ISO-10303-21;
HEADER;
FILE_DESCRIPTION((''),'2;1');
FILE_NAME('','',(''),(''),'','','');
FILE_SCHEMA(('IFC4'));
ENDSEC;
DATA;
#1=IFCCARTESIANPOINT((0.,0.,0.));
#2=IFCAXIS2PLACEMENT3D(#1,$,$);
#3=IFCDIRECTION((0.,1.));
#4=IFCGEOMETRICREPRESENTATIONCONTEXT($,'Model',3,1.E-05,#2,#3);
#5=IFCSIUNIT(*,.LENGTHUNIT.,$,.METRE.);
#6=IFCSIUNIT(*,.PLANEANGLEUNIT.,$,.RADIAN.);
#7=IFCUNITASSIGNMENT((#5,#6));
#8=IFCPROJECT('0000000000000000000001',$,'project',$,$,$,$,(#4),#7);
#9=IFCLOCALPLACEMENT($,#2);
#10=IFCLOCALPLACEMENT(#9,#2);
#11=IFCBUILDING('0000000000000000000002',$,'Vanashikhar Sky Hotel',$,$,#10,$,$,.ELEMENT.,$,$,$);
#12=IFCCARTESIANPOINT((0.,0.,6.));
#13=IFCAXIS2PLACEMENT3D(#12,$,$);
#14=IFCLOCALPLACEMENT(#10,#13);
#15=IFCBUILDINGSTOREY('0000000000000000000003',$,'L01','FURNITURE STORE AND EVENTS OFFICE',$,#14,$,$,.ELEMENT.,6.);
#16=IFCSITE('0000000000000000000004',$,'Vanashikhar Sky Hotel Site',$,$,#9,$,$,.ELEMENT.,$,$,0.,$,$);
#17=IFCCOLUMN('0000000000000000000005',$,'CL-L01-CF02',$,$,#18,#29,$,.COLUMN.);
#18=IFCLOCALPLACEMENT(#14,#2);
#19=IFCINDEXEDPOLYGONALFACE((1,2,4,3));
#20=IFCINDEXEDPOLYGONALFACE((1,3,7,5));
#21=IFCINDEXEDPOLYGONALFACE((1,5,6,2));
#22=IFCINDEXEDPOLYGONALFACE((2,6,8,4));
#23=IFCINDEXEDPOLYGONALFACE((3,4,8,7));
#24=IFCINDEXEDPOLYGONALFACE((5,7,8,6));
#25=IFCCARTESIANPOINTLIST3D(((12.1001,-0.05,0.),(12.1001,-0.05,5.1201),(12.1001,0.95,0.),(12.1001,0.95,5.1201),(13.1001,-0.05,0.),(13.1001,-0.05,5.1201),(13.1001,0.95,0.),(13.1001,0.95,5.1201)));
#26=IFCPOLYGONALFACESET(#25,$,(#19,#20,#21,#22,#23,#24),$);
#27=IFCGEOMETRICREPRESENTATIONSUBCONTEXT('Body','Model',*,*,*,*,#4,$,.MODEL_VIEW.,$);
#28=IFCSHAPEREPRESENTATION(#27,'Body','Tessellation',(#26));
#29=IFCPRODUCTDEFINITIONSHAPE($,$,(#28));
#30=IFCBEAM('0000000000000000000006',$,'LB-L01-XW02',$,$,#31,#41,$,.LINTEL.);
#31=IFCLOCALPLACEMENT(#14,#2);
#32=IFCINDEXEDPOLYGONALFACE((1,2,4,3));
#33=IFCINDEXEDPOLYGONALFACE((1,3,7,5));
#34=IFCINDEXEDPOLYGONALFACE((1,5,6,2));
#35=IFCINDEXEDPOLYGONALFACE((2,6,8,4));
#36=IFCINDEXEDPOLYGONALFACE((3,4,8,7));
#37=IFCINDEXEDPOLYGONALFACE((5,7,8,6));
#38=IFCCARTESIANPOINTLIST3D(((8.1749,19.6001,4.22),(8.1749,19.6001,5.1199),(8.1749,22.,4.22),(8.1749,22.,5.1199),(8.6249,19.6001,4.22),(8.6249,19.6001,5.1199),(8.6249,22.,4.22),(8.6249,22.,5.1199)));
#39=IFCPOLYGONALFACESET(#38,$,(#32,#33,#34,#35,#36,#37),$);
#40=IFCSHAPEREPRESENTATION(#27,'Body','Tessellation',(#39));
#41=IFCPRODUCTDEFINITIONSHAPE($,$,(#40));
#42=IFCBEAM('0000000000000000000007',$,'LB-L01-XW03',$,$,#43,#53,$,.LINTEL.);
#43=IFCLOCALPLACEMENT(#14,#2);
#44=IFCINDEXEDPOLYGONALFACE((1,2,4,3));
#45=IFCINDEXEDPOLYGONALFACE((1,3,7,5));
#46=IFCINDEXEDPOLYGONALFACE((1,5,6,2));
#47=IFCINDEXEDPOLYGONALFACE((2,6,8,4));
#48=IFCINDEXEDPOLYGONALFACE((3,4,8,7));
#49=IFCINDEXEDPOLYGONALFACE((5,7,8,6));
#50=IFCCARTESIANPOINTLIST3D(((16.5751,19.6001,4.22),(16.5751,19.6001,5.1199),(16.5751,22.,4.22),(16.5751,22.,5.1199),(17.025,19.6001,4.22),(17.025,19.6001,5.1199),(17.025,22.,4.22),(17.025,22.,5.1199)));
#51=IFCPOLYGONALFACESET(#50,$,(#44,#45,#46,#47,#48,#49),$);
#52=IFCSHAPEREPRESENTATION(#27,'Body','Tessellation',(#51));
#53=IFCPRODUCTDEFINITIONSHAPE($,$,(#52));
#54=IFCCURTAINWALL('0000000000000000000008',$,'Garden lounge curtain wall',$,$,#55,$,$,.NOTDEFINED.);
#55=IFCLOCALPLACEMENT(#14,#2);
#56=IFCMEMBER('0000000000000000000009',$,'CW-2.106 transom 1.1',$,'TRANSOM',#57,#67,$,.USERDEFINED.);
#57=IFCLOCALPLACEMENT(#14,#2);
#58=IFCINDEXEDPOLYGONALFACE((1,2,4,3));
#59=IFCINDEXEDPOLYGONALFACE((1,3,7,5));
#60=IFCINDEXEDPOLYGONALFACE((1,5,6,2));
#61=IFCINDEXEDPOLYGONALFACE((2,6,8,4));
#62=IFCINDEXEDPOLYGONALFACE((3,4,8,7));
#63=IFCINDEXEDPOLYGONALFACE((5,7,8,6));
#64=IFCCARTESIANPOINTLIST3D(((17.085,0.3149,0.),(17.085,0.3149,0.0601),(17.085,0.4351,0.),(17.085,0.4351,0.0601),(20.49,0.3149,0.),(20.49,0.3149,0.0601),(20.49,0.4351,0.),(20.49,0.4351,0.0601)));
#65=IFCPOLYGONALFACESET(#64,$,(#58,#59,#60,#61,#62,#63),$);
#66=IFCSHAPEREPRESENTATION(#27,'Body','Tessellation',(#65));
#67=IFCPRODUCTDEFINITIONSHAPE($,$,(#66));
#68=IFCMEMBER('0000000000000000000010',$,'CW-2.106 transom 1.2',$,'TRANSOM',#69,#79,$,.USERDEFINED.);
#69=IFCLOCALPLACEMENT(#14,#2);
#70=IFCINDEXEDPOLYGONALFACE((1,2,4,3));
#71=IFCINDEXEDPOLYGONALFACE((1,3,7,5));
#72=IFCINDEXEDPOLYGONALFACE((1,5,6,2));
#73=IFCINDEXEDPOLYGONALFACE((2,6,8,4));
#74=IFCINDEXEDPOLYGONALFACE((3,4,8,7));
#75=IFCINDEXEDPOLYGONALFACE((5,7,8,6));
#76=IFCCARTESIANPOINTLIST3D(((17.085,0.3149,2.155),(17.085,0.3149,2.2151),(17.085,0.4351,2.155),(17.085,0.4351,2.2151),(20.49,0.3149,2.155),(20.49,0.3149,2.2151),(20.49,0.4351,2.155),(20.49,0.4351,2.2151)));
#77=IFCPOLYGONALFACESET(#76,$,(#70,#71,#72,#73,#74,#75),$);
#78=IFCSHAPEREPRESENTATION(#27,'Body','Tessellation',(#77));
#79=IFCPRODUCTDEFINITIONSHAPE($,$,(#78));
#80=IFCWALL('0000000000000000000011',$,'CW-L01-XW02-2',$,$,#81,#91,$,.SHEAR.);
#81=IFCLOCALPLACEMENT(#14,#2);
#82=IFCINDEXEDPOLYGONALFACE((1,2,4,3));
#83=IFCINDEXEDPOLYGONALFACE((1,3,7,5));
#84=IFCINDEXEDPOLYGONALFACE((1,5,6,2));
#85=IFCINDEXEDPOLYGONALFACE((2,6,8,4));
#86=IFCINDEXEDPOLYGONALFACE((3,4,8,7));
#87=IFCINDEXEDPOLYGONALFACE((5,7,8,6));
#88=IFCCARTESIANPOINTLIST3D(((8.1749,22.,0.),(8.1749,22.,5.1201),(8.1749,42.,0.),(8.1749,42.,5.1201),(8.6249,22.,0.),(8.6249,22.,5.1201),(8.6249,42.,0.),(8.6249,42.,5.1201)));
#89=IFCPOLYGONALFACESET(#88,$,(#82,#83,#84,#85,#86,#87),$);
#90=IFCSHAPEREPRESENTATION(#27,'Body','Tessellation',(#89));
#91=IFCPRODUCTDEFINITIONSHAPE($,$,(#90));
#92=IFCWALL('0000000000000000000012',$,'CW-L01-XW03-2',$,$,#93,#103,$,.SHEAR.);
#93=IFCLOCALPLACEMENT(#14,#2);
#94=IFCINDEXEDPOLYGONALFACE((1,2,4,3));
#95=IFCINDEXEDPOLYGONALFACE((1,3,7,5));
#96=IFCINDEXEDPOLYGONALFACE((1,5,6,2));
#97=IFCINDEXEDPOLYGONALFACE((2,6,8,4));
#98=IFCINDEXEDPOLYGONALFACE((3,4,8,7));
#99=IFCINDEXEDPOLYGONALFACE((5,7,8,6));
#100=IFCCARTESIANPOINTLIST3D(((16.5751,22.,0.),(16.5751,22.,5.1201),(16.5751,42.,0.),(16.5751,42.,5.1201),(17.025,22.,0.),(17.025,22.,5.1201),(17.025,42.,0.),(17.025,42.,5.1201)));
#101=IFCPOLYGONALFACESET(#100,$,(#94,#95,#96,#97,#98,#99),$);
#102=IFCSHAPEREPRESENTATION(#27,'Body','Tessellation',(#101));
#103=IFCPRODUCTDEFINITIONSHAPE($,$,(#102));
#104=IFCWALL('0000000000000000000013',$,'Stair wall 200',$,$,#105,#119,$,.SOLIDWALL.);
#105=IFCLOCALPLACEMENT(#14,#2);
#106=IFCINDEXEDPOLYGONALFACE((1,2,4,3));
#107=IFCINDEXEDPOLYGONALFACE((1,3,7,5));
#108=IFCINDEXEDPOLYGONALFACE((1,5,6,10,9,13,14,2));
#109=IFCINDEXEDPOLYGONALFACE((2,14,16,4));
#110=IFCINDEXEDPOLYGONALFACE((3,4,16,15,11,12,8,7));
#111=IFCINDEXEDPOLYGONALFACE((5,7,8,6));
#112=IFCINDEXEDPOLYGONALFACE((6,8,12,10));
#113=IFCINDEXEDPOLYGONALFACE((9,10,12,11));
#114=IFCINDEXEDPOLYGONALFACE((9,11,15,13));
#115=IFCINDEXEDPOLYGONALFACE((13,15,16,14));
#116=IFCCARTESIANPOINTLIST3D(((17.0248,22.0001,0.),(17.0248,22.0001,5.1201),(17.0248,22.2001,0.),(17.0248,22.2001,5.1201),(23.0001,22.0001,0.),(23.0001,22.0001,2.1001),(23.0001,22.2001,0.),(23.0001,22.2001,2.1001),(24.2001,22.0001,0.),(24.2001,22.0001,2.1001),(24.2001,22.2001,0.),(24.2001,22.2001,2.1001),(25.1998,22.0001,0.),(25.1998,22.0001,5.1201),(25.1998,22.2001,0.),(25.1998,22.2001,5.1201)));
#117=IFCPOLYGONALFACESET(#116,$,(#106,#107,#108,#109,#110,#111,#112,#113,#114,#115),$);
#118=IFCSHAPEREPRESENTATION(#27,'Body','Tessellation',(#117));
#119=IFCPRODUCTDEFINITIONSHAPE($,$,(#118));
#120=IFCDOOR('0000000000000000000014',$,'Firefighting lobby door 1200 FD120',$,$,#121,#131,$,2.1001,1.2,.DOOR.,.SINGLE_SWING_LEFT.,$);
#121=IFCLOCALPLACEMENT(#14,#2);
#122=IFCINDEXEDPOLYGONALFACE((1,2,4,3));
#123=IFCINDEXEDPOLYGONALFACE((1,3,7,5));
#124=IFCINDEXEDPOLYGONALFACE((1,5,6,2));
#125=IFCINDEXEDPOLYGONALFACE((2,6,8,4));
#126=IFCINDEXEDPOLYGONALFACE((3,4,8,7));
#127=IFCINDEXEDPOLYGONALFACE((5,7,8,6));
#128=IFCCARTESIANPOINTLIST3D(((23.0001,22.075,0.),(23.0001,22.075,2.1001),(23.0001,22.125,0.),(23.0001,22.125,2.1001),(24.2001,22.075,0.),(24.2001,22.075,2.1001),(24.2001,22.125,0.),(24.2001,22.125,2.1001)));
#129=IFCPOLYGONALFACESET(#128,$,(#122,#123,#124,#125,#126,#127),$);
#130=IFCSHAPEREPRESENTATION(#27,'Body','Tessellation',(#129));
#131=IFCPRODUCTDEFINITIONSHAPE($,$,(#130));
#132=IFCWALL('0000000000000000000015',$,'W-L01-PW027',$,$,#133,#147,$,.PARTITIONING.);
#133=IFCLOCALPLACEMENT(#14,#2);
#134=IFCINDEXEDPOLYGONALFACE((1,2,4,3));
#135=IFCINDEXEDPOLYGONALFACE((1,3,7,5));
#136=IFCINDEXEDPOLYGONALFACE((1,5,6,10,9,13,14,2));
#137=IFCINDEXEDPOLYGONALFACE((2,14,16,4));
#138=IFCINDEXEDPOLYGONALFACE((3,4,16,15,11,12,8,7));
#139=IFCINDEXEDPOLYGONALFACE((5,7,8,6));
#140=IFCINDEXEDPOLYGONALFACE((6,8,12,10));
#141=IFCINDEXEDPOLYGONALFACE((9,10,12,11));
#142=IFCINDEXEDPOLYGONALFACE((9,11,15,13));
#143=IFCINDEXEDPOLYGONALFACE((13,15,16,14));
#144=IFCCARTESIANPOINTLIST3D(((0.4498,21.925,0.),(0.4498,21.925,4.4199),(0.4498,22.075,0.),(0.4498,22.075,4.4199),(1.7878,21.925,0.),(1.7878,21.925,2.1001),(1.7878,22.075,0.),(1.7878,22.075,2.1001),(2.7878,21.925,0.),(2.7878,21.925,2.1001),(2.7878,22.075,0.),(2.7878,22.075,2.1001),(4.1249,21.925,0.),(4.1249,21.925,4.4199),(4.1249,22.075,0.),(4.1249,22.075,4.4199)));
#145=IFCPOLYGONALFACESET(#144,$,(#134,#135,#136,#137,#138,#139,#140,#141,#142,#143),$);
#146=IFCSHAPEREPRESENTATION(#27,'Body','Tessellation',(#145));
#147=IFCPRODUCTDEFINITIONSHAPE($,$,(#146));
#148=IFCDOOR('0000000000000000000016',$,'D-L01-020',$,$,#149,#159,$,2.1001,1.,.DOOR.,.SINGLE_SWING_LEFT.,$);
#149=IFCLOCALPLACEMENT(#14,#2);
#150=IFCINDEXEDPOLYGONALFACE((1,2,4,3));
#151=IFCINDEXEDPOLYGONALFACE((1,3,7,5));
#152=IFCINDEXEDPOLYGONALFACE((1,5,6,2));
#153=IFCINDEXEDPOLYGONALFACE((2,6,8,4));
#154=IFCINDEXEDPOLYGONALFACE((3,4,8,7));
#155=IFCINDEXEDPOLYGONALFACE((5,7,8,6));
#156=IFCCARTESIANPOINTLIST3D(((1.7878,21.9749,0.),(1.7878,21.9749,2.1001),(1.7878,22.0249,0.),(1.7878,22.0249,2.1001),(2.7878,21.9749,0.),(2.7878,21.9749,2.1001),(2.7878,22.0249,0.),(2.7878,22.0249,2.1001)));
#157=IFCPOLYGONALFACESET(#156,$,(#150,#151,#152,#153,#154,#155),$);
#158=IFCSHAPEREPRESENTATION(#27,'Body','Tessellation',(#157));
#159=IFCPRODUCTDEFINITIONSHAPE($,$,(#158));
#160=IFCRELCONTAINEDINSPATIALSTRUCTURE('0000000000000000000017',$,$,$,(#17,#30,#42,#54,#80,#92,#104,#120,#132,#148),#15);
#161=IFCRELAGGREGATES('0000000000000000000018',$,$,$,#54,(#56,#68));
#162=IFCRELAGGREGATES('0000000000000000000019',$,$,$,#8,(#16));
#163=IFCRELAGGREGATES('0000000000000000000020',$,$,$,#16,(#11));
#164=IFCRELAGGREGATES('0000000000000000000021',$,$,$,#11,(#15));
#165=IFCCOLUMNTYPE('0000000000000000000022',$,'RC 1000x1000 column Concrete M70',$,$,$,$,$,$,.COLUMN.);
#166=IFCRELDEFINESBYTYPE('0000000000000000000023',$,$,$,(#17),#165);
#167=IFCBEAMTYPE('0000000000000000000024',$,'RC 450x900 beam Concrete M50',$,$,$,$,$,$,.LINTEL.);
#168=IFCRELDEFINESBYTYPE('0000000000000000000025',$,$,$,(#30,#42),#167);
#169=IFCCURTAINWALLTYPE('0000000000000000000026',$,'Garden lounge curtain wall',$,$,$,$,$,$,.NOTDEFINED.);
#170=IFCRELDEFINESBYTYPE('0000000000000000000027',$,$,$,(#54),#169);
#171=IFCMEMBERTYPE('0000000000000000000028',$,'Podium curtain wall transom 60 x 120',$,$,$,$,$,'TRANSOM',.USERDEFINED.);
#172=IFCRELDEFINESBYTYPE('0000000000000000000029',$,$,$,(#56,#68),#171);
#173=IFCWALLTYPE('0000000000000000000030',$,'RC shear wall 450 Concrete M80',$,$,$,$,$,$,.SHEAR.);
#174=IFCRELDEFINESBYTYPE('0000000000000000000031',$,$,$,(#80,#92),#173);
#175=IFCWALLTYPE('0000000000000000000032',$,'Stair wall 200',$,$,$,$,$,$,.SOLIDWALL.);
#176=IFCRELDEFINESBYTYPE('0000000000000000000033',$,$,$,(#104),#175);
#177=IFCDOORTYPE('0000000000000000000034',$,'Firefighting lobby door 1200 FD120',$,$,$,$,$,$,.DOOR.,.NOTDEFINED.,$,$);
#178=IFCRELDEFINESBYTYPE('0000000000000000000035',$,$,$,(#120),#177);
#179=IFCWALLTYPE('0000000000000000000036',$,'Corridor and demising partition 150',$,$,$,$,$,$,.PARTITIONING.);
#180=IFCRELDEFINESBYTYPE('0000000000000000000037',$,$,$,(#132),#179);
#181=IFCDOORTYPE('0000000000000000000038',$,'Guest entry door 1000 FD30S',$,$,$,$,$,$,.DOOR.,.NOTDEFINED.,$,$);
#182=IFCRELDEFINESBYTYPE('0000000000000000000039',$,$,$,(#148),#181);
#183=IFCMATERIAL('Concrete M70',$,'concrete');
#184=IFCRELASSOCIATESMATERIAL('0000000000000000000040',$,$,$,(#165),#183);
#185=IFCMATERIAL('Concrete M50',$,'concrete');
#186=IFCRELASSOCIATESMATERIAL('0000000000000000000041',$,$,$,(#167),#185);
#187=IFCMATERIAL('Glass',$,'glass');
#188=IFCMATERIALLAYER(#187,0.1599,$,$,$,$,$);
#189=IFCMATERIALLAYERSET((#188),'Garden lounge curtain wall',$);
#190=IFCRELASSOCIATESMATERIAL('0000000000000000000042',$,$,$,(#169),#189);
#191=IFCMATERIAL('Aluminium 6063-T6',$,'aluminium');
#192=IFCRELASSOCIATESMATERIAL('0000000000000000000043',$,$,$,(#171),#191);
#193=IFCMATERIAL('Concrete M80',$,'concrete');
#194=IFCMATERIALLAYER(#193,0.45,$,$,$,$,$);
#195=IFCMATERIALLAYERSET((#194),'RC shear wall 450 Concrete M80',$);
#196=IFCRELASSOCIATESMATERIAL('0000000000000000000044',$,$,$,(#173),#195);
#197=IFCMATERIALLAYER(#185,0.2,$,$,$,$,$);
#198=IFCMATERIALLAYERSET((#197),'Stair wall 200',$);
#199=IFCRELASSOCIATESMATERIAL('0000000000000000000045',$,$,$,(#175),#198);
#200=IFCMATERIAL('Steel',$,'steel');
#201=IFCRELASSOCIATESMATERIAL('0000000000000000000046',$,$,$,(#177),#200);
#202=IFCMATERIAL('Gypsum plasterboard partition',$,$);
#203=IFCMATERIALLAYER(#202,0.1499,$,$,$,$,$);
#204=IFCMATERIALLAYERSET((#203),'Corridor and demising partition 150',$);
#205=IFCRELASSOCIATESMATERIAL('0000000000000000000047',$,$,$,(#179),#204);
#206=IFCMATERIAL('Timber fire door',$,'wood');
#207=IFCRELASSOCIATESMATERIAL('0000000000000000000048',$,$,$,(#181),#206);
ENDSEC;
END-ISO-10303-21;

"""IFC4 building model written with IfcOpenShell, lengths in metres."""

from ifc_helpers import new_model, si_unit, direction, frame, frame_2d, origin, origin_2d, place, context, subcontext, project, spatial, rectangle, extrude, source, transform, mapped, material, layer, layer_set, material_profile, profile_set, type_object, element, fill, aggregate, save


model = new_model("IFC4")

# Units and contexts
model_context = context("Model", 3, precision=1e-05, world=origin(), true_north=direction((0.0, 1.0)))
body_context = subcontext(model_context, "Body", "Model", "MODEL_VIEW")
ifc_project = project(units=[si_unit("LENGTHUNIT", "METRE"), si_unit("PLANEANGLEUNIT", "RADIAN")], contexts=[model_context])

# Site, building, storey
site_placement = place(None, origin())
site = spatial("IfcSite", under=ifc_project, at=site_placement, Name="Vanashikhar Sky Hotel Site", CompositionType="ELEMENT", RefElevation=0.0)
building_placement = place(site_placement, origin())
building = spatial("IfcBuilding", under=site, at=building_placement, Name="Vanashikhar Sky Hotel", CompositionType="ELEMENT")
storey_placement = place(building_placement, frame((0.0, 0.0, 6.0)))
storey = spatial("IfcBuildingStorey", under=building, at=storey_placement, Name="L01", Description="FURNITURE STORE AND EVENTS OFFICE", CompositionType="ELEMENT", Elevation=6.0)

# Column
ifc_material_1 = material(Name="Concrete M70", Category="concrete")
ifc_material_profile_1 = material_profile(ifc_material_1, rectangle(XDim=1.0, YDim=1.0, at=origin_2d()))
ifc_profile_set_1 = profile_set([ifc_material_profile_1], Name="RC 1000x1000 column Concrete M70")
column_type = type_object("IfcColumnType", Name="RC 1000x1000 column Concrete M70", PredefinedType="COLUMN", material=ifc_profile_set_1)
shared_shape_1 = source(origin(), body_context, "Body", "SweptSolid", [
    extrude(rectangle(XDim=1.0, YDim=1.0, at=origin_2d()), origin(), (0.0, 0.0, 1.0), 5.1201),
])
column_placement = place(storey_placement, frame((12.6001, 0.45, 0.0), z_axis=(0.0, 0.0, 1.0), x_axis=(1.0, 0.0, 0.0)))
element("IfcColumn", 1, at=column_placement, inside=storey, type_object=column_type, Name="CL-L01-CF02", PredefinedType="COLUMN", context=body_context, shape_type="MappedRepresentation", body=[
    mapped(shared_shape_1, transform((0.0, 0.0, 0.0), scale=1.0)),
])

# Beams
ifc_material_2 = material(Name="Concrete M50", Category="concrete")
ifc_material_profile_2 = material_profile(ifc_material_2, rectangle(XDim=0.45, YDim=0.8999, at=origin_2d()))
ifc_profile_set_2 = profile_set([ifc_material_profile_2], Name="RC 450x900 beam Concrete M50")
beam_type = type_object("IfcBeamType", Name="RC 450x900 beam Concrete M50", PredefinedType="LINTEL", material=ifc_profile_set_2)
shared_shape_2 = source(origin(), body_context, "Body", "SweptSolid", [
    extrude(rectangle(XDim=0.45, YDim=0.8999, at=origin_2d()), origin(), (0.0, 0.0, 1.0), 2.3999),
])
for number, where, z_axis, x_axis, name in (
    (2, (8.3999, 19.6001, 4.6699), (0.0, 1.0, 0.0), (-1.0, 0.0, 0.0), "LB-L01-XW02"),
    (3, (16.8, 19.6001, 4.6699), (0.0, 1.0, 0.0), (-1.0, 0.0, 0.0), "LB-L01-XW03"),
):
    element("IfcBeam", number, at=place(storey_placement, frame(where, z_axis=z_axis, x_axis=x_axis)), inside=storey, type_object=beam_type, Name=name, PredefinedType="LINTEL", context=body_context, shape_type="MappedRepresentation", body=[
        mapped(shared_shape_2, transform((0.0, 0.0, 0.0), scale=1.0)),
    ])

# Curtain wall, members
ifc_material_3 = material(Name="Glass", Category="glass")
ifc_layer_1 = layer(ifc_material_3, 0.1599)
ifc_layer_set_1 = layer_set([ifc_layer_1], Name="Garden lounge curtain wall")
curtain_wall_type = type_object("IfcCurtainWallType", Name="Garden lounge curtain wall", PredefinedType="NOTDEFINED", material=ifc_layer_set_1)
curtain_wall_placement = place(storey_placement, origin())
curtain_wall = element("IfcCurtainWall", 4, at=curtain_wall_placement, inside=storey, type_object=curtain_wall_type, Name="Garden lounge curtain wall", PredefinedType="NOTDEFINED")
ifc_material_4 = material(Name="Aluminium 6063-T6", Category="aluminium")
ifc_material_profile_3 = material_profile(ifc_material_4, rectangle(XDim=0.1201, YDim=0.0601, at=origin_2d()))
ifc_profile_set_3 = profile_set([ifc_material_profile_3], Name="Aluminium 6063-T6")
member_type = type_object("IfcMemberType", Name="Podium curtain wall transom 60 x 120", ElementType="TRANSOM", PredefinedType="USERDEFINED", material=ifc_profile_set_3)
shared_shape_3 = source(origin(), body_context, "Body", "SweptSolid", [
    extrude(rectangle(XDim=0.1201, YDim=0.0601, at=origin_2d()), origin(), (0.0, 0.0, 1.0), 3.405),
])
member_1_placement = place(storey_placement, frame((17.085, 0.375, 0.03), z_axis=(1.0, 0.0, 0.0), x_axis=(0.0, 1.0, 0.0)))
member_1 = element("IfcMember", 5, at=member_1_placement, type_object=member_type, Name="CW-2.106 transom 1.1", ObjectType="TRANSOM", PredefinedType="USERDEFINED", context=body_context, shape_type="MappedRepresentation", body=[
    mapped(shared_shape_3, transform((0.0, 0.0, 0.0), scale=1.0)),
])
member_2_placement = place(storey_placement, frame((17.085, 0.375, 2.1851), z_axis=(1.0, 0.0, 0.0), x_axis=(0.0, 1.0, 0.0)))
member_2 = element("IfcMember", 6, at=member_2_placement, type_object=member_type, Name="CW-2.106 transom 1.2", ObjectType="TRANSOM", PredefinedType="USERDEFINED", context=body_context, shape_type="MappedRepresentation", body=[
    mapped(shared_shape_3, transform((0.0, 0.0, 0.0), scale=1.0)),
])
aggregate(curtain_wall, [member_1, member_2])

# Walls
ifc_material_5 = material(Name="Concrete M80", Category="concrete")
ifc_layer_2 = layer(ifc_material_5, 0.45)
ifc_layer_set_2 = layer_set([ifc_layer_2], Name="RC shear wall 450 Concrete M80")
wall_type_1 = type_object("IfcWallType", Name="RC shear wall 450 Concrete M80", PredefinedType="SHEAR", material=ifc_layer_set_2)
shared_shape_4 = source(origin(), body_context, "Body", "SweptSolid", [
    extrude(rectangle(XDim=20.0, YDim=0.45, at=frame_2d((10.0, 0.0))), origin(), (0.0, 0.0, 1.0), 5.1201),
])
for number, where, z_axis, x_axis, name in (
    (7, (8.3999, 22.0, 0.0), (0.0, 0.0, 1.0), (0.0, 1.0, 0.0), "CW-L01-XW02-2"),
    (8, (16.8, 22.0, 0.0), (0.0, 0.0, 1.0), (0.0, 1.0, 0.0), "CW-L01-XW03-2"),
):
    element("IfcWall", number, at=place(storey_placement, frame(where, z_axis=z_axis, x_axis=x_axis)), inside=storey, type_object=wall_type_1, Name=name, PredefinedType="SHEAR", context=body_context, shape_type="MappedRepresentation", body=[
        mapped(shared_shape_4, transform((0.0, 0.0, 0.0), scale=1.0)),
    ])

# Walls, openings, doors
ifc_layer_3 = layer(ifc_material_2, 0.2)
ifc_layer_set_3 = layer_set([ifc_layer_3], Name="Stair wall 200")
wall_type_2 = type_object("IfcWallType", Name="Stair wall 200", PredefinedType="SOLIDWALL", material=ifc_layer_set_3)
shared_shape_5 = source(origin(), body_context, "Body", "SweptSolid", [
    extrude(rectangle(XDim=8.175, YDim=0.2, at=frame_2d((4.0874, 0.0))), origin(), (0.0, 0.0, 1.0), 5.1201),
])
wall_1_placement = place(storey_placement, frame((17.0249, 22.1001, 0.0), z_axis=(0.0, 0.0, 1.0), x_axis=(1.0, 0.0, 0.0)))
wall_1 = element("IfcWall", 9, at=wall_1_placement, inside=storey, type_object=wall_type_2, Name="Stair wall 200", PredefinedType="SOLIDWALL", context=body_context, shape_type="MappedRepresentation", body=[
    mapped(shared_shape_5, transform((0.0, 0.0, 0.0), scale=1.0)),
])
shared_shape_6 = source(origin(), body_context, "Body", "SweptSolid", [
    extrude(rectangle(XDim=1.2, YDim=2.1001, at=frame_2d((0.6001, 1.05))), frame((0.0, 0.1099, 0.0), z_axis=(0.0, -1.0, 0.0), x_axis=(1.0, 0.0, 0.0)), (0.0, 0.0, 1.0), 0.22),
])
opening_1_placement = place(wall_1_placement, frame((5.9751, 0.0, 0.0)))
opening_1 = element("IfcOpeningElement", 10, at=opening_1_placement, cuts=wall_1, PredefinedType="OPENING", context=body_context, shape_type="MappedRepresentation", body=[
    mapped(shared_shape_6, transform((0.0, 0.0, 0.0), scale=1.0)),
])
ifc_material_6 = material(Name="Steel", Category="steel")
door_type_1 = type_object("IfcDoorType", Name="Firefighting lobby door 1200 FD120", OperationType="NOTDEFINED", PredefinedType="DOOR", material=ifc_material_6)
shared_shape_7 = source(origin(), body_context, "Body", "SweptSolid", [
    extrude(rectangle(XDim=1.2, YDim=2.1001, at=frame_2d((0.6001, 1.05))), frame((0.0, 0.0249, 0.0), z_axis=(0.0, -1.0, 0.0), x_axis=(1.0, 0.0, 0.0)), (0.0, 0.0, 1.0), 0.05),
])
door_1_placement = place(opening_1_placement, origin())
door_1 = element("IfcDoor", 11, at=door_1_placement, inside=storey, type_object=door_type_1, Name="Firefighting lobby door 1200 FD120", OperationType="SINGLE_SWING_LEFT", OverallHeight=2.1001, OverallWidth=1.2, PredefinedType="DOOR", context=body_context, shape_type="MappedRepresentation", body=[
    mapped(shared_shape_7, transform((0.0, 0.0, 0.0), scale=1.0)),
])
fill(opening_1, door_1)
ifc_material_7 = material(Name="Gypsum plasterboard partition")
ifc_layer_4 = layer(ifc_material_7, 0.1499)
ifc_layer_set_4 = layer_set([ifc_layer_4], Name="Corridor and demising partition 150")
wall_type_3 = type_object("IfcWallType", Name="Corridor and demising partition 150", PredefinedType="PARTITIONING", material=ifc_layer_set_4)
shared_shape_8 = source(origin(), body_context, "Body", "SweptSolid", [
    extrude(rectangle(XDim=3.675, YDim=0.1499, at=frame_2d((1.8374, 0.0))), origin(), (0.0, 0.0, 1.0), 4.4199),
])
wall_2_placement = place(storey_placement, frame((0.45, 22.0, 0.0), z_axis=(0.0, 0.0, 1.0), x_axis=(1.0, 0.0, 0.0)))
wall_2 = element("IfcWall", 12, at=wall_2_placement, inside=storey, type_object=wall_type_3, Name="W-L01-PW027", PredefinedType="PARTITIONING", context=body_context, shape_type="MappedRepresentation", body=[
    mapped(shared_shape_8, transform((0.0, 0.0, 0.0), scale=1.0)),
])
shared_shape_9 = source(origin(), body_context, "Body", "SweptSolid", [
    extrude(rectangle(XDim=1.0, YDim=2.1001, at=frame_2d((0.5, 1.05))), frame((0.0, 0.085, 0.0), z_axis=(0.0, -1.0, 0.0), x_axis=(1.0, 0.0, 0.0)), (0.0, 0.0, 1.0), 0.1699),
])
opening_2_placement = place(wall_2_placement, frame((1.3379, 0.0, 0.0)))
opening_2 = element("IfcOpeningElement", 13, at=opening_2_placement, cuts=wall_2, PredefinedType="OPENING", context=body_context, shape_type="MappedRepresentation", body=[
    mapped(shared_shape_9, transform((0.0, 0.0, 0.0), scale=1.0)),
])
ifc_material_8 = material(Name="Timber fire door", Category="wood")
door_type_2 = type_object("IfcDoorType", Name="Guest entry door 1000 FD30S", OperationType="NOTDEFINED", PredefinedType="DOOR", material=ifc_material_8)
shared_shape_10 = source(origin(), body_context, "Body", "SweptSolid", [
    extrude(rectangle(XDim=1.0, YDim=2.1001, at=frame_2d((0.5, 1.05))), frame((0.0, 0.0249, 0.0), z_axis=(0.0, -1.0, 0.0), x_axis=(1.0, 0.0, 0.0)), (0.0, 0.0, 1.0), 0.05),
])
door_2_placement = place(opening_2_placement, origin())
door_2 = element("IfcDoor", 14, at=door_2_placement, inside=storey, type_object=door_type_2, Name="D-L01-020", OperationType="SINGLE_SWING_LEFT", OverallHeight=2.1001, OverallWidth=1.0, PredefinedType="DOOR", context=body_context, shape_type="MappedRepresentation", body=[
    mapped(shared_shape_10, transform((0.0, 0.0, 0.0), scale=1.0)),
])
fill(opening_2, door_2)

save(model, "model.ifc")
